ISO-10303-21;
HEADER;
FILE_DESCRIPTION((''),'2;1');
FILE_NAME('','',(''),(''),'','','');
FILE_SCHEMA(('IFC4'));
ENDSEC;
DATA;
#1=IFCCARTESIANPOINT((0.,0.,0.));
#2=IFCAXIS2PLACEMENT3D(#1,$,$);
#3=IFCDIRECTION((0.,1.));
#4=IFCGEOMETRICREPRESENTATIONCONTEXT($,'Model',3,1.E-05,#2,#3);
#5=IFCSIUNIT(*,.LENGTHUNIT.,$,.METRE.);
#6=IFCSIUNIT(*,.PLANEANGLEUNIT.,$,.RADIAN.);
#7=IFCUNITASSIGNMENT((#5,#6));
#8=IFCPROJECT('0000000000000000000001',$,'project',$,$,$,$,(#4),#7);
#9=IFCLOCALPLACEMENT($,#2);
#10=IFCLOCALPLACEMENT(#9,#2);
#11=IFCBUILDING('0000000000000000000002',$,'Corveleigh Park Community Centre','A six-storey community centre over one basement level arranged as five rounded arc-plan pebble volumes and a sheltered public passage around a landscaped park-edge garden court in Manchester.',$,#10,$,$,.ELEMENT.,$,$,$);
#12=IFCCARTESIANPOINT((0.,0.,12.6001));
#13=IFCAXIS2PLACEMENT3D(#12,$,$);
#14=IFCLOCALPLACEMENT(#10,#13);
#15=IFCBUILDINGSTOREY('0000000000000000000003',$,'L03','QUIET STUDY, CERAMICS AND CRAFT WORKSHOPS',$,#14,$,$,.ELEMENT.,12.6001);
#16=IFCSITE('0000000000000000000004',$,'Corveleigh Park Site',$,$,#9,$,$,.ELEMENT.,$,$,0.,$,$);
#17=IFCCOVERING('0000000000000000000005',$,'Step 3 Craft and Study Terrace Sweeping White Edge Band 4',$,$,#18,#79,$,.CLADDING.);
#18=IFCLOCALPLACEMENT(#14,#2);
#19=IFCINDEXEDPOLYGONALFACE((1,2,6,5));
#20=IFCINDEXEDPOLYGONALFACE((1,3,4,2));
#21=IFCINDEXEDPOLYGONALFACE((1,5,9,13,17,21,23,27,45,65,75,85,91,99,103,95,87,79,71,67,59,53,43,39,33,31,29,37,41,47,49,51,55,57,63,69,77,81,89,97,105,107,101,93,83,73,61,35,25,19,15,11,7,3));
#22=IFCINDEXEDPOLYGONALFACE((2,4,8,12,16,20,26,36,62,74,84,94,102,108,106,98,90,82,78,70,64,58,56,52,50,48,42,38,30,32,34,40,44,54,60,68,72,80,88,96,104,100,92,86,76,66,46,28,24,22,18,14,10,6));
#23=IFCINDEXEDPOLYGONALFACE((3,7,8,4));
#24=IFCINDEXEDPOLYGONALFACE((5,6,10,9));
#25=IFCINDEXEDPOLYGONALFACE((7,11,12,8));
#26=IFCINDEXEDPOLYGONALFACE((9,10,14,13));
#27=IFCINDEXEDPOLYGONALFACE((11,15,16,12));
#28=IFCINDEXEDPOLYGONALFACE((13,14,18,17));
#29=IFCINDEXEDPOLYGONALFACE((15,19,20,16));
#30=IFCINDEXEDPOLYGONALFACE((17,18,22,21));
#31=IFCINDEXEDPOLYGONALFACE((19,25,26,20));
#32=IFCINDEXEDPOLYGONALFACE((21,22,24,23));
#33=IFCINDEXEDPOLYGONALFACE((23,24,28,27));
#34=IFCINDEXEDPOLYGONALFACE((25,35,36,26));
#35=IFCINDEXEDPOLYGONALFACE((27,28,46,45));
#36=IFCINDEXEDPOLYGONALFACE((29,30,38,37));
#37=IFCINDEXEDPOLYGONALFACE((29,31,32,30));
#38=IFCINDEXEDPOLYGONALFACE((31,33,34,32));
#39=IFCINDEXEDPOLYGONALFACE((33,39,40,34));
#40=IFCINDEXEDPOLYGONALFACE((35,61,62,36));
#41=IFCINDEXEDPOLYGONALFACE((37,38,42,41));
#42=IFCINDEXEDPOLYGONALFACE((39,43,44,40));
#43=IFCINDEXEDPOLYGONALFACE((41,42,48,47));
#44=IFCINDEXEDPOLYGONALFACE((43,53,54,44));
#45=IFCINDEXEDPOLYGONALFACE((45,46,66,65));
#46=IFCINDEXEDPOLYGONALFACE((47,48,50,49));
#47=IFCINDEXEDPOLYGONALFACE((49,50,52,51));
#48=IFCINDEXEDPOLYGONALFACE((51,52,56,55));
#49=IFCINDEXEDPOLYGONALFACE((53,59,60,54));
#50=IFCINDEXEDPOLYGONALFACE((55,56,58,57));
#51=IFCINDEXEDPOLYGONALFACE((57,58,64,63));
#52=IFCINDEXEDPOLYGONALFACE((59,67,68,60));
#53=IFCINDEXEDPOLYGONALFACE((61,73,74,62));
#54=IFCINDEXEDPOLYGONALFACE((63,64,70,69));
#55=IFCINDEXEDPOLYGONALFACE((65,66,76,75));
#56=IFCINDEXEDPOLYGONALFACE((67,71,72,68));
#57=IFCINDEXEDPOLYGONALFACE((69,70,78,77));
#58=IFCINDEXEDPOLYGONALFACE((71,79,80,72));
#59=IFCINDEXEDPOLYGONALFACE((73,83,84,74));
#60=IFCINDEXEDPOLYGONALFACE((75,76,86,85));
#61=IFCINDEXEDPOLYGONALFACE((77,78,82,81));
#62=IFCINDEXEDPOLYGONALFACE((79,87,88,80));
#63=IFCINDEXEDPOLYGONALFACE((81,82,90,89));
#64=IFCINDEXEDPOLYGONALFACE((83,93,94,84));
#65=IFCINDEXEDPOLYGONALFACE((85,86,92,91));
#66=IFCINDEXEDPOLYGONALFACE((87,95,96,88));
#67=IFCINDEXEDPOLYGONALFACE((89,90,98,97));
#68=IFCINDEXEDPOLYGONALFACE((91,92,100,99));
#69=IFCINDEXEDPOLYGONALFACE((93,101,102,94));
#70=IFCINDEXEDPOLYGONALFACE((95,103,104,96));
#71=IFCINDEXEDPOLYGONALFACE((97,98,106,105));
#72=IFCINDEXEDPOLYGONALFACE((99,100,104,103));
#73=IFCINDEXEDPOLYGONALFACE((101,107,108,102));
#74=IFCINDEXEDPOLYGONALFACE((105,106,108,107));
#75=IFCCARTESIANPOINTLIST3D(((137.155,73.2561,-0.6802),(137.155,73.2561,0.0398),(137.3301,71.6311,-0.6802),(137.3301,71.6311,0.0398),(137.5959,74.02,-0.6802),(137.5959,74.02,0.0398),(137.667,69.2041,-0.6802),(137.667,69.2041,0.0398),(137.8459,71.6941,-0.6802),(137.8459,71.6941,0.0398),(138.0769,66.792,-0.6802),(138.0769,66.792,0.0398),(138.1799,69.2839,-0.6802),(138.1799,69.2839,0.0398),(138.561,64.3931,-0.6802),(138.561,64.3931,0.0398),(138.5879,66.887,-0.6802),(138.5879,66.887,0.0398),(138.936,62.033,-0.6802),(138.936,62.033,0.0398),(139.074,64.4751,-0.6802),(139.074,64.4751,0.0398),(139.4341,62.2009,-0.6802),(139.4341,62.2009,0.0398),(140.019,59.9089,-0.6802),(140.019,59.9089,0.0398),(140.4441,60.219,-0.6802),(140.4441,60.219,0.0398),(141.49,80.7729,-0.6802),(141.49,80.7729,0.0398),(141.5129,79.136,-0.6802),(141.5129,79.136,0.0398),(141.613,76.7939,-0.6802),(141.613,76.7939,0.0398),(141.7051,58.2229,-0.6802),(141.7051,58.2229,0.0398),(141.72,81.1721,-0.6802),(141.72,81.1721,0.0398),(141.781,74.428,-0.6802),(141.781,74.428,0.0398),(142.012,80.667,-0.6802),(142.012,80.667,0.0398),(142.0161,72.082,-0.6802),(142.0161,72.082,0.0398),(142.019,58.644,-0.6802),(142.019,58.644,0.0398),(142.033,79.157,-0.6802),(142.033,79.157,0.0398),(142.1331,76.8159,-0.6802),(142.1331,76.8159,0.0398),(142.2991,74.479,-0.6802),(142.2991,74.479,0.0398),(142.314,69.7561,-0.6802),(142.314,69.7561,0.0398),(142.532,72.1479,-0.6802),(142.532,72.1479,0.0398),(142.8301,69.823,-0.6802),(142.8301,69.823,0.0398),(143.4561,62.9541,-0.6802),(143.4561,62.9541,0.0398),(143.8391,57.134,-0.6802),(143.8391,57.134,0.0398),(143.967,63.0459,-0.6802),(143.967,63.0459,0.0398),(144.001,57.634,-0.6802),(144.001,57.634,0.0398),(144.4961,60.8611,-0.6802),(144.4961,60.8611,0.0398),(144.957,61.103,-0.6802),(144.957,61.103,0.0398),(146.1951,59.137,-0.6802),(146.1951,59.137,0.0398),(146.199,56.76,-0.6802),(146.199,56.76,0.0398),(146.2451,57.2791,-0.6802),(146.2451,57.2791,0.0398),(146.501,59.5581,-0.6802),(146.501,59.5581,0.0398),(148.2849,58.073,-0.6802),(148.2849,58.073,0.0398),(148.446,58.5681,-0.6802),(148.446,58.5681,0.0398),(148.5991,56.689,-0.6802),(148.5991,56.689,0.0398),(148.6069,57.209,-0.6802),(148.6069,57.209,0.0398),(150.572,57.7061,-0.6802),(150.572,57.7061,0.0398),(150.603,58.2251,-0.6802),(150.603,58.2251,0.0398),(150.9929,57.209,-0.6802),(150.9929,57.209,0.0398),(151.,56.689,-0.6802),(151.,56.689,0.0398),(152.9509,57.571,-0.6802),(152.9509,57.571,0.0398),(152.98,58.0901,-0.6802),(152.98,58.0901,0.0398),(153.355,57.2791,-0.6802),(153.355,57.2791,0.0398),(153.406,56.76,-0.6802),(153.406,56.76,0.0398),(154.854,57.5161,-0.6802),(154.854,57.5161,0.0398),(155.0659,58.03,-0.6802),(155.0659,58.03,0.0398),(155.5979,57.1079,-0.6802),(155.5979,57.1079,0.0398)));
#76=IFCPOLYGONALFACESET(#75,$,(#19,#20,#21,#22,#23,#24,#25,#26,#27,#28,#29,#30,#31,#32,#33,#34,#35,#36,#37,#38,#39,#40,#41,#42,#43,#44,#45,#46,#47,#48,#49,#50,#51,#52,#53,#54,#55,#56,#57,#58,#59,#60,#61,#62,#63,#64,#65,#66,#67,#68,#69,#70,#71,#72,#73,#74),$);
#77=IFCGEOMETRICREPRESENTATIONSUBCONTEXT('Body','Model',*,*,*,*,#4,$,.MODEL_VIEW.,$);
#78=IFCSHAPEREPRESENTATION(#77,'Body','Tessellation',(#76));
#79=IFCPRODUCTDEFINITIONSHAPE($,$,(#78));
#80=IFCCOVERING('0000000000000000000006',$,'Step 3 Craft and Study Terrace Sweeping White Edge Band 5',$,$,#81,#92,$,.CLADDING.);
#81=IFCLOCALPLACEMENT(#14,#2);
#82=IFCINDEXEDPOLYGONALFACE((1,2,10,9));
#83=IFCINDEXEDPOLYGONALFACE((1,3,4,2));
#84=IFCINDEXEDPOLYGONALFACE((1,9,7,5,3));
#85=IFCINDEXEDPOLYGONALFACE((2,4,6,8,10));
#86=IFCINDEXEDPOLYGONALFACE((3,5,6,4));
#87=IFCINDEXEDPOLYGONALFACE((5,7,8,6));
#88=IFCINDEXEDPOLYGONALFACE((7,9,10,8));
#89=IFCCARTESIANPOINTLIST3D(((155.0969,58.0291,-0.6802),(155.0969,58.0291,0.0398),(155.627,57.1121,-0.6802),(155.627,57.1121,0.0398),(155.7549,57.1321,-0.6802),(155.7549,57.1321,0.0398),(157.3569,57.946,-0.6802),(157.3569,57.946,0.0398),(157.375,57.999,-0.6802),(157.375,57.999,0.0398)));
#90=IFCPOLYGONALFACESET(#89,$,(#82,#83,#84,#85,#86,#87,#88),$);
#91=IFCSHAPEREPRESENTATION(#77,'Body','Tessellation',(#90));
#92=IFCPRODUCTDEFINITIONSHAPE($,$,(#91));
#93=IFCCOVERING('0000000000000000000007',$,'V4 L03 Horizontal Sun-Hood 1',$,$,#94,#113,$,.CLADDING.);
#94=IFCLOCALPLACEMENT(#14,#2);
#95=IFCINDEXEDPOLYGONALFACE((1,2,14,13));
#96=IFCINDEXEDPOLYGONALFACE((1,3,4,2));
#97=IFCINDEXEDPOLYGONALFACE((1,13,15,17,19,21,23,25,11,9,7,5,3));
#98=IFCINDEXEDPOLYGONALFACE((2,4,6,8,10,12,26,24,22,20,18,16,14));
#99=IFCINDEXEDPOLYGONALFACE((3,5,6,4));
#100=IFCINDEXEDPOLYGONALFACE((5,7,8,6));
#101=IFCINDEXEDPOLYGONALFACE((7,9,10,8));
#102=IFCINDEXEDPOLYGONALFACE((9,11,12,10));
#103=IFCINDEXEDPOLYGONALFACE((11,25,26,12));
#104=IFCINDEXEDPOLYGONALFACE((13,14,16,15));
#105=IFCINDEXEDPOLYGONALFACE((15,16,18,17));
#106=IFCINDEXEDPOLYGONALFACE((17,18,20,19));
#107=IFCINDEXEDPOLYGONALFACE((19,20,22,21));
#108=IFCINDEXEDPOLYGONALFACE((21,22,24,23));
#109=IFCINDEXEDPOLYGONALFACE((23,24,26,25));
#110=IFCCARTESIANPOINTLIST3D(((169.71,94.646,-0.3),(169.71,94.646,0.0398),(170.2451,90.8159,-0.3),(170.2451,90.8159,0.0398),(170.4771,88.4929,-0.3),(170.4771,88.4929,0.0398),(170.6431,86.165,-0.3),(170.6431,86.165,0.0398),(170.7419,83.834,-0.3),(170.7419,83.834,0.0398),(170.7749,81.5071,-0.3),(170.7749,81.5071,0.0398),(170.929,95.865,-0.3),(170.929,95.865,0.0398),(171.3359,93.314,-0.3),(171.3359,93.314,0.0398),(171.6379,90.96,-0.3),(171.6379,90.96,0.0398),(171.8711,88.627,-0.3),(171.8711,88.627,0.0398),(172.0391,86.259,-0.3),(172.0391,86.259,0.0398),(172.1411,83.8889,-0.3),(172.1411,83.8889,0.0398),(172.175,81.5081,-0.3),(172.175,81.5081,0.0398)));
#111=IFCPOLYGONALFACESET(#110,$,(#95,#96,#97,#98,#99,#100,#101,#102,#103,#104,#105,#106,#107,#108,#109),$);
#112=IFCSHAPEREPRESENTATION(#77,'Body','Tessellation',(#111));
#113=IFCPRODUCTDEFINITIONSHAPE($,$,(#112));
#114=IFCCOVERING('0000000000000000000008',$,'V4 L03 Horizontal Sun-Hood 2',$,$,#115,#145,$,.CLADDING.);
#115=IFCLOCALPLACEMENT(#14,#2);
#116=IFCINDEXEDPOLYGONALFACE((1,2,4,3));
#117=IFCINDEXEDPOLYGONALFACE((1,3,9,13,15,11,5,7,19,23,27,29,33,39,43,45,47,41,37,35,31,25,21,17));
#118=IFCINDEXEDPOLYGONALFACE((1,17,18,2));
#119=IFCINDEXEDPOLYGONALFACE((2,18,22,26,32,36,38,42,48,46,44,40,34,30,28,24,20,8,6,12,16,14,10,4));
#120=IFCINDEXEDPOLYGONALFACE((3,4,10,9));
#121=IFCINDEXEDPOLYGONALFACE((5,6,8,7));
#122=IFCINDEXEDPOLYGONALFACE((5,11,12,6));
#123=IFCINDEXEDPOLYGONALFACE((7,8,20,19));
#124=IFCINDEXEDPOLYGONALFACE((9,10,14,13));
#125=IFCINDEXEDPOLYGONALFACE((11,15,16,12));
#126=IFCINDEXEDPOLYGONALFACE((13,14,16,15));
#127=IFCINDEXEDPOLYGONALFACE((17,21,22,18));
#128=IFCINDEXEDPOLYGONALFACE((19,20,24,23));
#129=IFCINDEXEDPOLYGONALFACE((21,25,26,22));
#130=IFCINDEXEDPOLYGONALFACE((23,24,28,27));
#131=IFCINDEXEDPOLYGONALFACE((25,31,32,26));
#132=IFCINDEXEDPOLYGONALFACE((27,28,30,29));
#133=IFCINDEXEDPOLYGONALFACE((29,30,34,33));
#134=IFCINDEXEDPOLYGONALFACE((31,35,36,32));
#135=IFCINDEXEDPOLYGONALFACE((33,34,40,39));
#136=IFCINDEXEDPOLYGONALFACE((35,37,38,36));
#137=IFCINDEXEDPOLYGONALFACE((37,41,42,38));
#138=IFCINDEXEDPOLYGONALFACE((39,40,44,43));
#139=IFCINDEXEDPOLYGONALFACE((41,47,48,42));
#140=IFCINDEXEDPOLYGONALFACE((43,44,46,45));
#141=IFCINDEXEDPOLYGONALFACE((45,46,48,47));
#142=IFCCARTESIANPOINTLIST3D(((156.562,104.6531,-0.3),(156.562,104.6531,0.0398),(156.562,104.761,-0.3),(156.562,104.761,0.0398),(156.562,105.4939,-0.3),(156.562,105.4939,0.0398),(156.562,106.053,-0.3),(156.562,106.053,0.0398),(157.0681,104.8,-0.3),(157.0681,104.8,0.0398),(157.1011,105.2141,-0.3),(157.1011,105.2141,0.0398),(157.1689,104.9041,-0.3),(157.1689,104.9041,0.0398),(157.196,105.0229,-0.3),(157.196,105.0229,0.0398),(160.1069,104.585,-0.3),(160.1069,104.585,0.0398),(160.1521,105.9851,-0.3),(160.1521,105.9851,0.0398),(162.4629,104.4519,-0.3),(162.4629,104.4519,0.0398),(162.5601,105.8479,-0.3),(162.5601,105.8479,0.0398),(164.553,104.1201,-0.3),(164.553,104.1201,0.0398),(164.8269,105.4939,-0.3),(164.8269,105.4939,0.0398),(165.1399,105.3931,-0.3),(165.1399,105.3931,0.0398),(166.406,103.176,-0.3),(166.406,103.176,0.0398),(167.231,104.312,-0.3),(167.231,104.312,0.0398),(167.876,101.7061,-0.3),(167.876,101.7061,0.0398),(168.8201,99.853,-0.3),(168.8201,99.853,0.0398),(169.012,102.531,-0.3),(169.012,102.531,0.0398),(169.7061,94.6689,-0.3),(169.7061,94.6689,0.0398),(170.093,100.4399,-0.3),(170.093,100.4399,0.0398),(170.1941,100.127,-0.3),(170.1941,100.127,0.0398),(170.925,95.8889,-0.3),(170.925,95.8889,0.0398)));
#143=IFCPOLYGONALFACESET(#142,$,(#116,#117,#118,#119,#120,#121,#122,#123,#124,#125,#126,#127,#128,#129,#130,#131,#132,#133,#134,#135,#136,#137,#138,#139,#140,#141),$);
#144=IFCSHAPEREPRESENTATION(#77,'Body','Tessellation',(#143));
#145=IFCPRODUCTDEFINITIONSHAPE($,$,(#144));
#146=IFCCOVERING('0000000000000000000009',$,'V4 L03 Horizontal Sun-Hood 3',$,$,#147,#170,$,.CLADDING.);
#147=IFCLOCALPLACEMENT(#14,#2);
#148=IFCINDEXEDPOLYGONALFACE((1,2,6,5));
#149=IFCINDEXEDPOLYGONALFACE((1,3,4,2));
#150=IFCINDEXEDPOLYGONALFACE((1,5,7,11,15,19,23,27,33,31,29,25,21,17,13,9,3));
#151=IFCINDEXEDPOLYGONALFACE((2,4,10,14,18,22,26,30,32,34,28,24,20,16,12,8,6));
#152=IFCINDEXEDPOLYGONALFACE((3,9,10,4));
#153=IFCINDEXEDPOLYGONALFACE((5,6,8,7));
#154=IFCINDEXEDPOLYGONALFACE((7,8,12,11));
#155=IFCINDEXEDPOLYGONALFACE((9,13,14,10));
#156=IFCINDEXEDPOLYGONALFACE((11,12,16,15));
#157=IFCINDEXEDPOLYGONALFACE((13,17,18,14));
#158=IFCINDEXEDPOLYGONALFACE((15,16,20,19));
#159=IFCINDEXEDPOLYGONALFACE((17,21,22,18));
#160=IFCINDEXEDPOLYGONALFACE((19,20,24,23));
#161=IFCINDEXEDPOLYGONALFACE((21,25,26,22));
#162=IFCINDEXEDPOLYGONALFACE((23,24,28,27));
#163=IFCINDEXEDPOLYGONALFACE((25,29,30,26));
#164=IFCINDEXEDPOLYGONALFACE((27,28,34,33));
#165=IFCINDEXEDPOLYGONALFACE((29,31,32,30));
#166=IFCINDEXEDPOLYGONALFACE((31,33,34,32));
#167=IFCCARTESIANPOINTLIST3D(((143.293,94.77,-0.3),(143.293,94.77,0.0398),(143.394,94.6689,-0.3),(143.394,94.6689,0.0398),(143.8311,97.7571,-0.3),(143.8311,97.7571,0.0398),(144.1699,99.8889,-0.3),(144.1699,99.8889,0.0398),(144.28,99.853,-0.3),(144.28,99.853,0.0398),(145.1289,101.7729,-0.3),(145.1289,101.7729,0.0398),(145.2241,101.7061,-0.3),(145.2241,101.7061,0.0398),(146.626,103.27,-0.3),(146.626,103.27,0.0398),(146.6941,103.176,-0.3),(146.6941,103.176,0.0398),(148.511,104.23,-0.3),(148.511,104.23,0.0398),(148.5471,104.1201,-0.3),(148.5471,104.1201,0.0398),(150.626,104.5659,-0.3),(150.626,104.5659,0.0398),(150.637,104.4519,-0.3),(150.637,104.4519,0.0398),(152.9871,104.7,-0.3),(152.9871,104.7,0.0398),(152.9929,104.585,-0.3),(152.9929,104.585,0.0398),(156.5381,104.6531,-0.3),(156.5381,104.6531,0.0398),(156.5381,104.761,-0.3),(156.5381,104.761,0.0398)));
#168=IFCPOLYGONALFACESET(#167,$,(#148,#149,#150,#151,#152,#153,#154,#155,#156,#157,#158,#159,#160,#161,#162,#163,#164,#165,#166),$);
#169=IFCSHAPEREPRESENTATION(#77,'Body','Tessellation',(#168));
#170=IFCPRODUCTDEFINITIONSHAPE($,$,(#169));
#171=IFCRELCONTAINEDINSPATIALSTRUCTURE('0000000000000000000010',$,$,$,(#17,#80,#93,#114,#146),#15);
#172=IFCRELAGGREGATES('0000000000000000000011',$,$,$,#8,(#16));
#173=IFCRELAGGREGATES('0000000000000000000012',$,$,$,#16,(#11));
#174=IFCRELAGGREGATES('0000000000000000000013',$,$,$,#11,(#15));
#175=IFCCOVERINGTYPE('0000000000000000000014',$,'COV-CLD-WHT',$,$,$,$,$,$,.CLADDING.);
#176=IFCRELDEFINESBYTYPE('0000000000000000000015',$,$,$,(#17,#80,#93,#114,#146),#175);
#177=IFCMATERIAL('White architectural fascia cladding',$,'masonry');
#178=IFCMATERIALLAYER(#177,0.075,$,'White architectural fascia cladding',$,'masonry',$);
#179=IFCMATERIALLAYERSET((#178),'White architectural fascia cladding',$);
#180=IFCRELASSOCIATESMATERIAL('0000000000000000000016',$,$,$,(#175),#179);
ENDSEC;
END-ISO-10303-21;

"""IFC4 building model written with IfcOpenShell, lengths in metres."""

from ifc_helpers import new_model, si_unit, direction, frame, origin, place, context, subcontext, project, spatial, polyline, outline, extrude, material, layer, layer_set, type_object, element, save


model = new_model("IFC4")

# Units and contexts
model_context = context("Model", 3, precision=1e-05, world=origin(), true_north=direction((0.0, 1.0)))
body_context = subcontext(model_context, "Body", "Model", "MODEL_VIEW")
ifc_project = project(units=[si_unit("LENGTHUNIT", "METRE"), si_unit("PLANEANGLEUNIT", "RADIAN")], contexts=[model_context])

# Site, building, storey
site_placement = place(None, origin())
site = spatial("IfcSite", under=ifc_project, at=site_placement, Name="Corveleigh Park Site", CompositionType="ELEMENT", RefElevation=0.0)
building_placement = place(site_placement, origin())
building = spatial("IfcBuilding", under=site, at=building_placement, Name="Corveleigh Park Community Centre", Description="A six-storey community centre over one basement level arranged as five rounded arc-plan pebble volumes and a sheltered public passage around a landscaped park-edge garden court in Manchester.", CompositionType="ELEMENT")
storey_placement = place(building_placement, frame((0.0, 0.0, 12.6001)))
storey = spatial("IfcBuildingStorey", under=building, at=storey_placement, Name="L03", Description="QUIET STUDY, CERAMICS AND CRAFT WORKSHOPS", CompositionType="ELEMENT", Elevation=12.6001)

# Coverings
ifc_material_1 = material(Name="White architectural fascia cladding", Category="masonry")
ifc_layer_1 = layer(ifc_material_1, 0.075, Name="White architectural fascia cladding", Category="masonry")
ifc_layer_set_1 = layer_set([ifc_layer_1], Name="White architectural fascia cladding")
covering_type_1 = type_object("IfcCoveringType", Name="COV-CLD-WHT", PredefinedType="CLADDING", material=ifc_layer_set_1)
covering_1_placement = place(storey_placement, frame((0.0, 0.0, -0.6802)))
element("IfcCovering", 1, at=covering_1_placement, inside=storey, type_object=covering_type_1, Name="Step 3 Craft and Study Terrace Sweeping White Edge Band 4", PredefinedType="CLADDING", context=body_context, shape_type="SweptSolid", body=[
    extrude(outline(polyline([(153.406, 56.76), (151.0, 56.689), (148.5991, 56.689), (146.199, 56.76), (143.8391, 57.134), (141.7051, 58.2229), (140.019, 59.9089), (138.936, 62.033), (138.561, 64.3931), (138.0769, 66.792), (137.667, 69.2041), (137.3301, 71.6311), (137.155, 73.2561), (137.5959, 74.02), (137.8459, 71.6941), (138.1799, 69.2839), (138.5879, 66.887), (139.074, 64.4751), (139.4341, 62.2009), (140.4441, 60.219), (142.019, 58.644), (144.001, 57.634), (146.2451, 57.2791), (148.6069, 57.209), (150.9929, 57.209), (153.355, 57.2791), (154.854, 57.5161), (152.9509, 57.571), (150.572, 57.7061), (148.2849, 58.073), (146.1951, 59.137), (144.4961, 60.8611), (143.4561, 62.9541), (142.314, 69.7561), (142.0161, 72.082), (141.781, 74.428), (141.613, 76.7939), (141.5129, 79.136), (141.49, 80.7729), (141.72, 81.1721), (142.012, 80.667), (142.033, 79.157), (142.1331, 76.8159), (142.2991, 74.479), (142.532, 72.1479), (142.8301, 69.823), (143.967, 63.0459), (144.957, 61.103), (146.501, 59.5581), (148.446, 58.5681), (150.603, 58.2251), (152.98, 58.0901), (155.0659, 58.03), (155.5979, 57.1079), (153.406, 56.76)])), origin(), (0.0, 0.0, 1.0), 0.72),
])
covering_2_placement = place(storey_placement, frame((0.0, 0.0, -0.6802)))
element("IfcCovering", 2, at=covering_2_placement, inside=storey, type_object=covering_type_1, Name="Step 3 Craft and Study Terrace Sweeping White Edge Band 5", PredefinedType="CLADDING", context=body_context, shape_type="SweptSolid", body=[
    extrude(outline(polyline([(155.7549, 57.1321), (155.627, 57.1121), (155.0969, 58.0291), (157.375, 57.999), (157.3569, 57.946), (155.7549, 57.1321)])), origin(), (0.0, 0.0, 1.0), 0.72),
])
covering_3_placement = place(storey_placement, frame((0.0, 0.0, -0.3)))
element("IfcCovering", 3, at=covering_3_placement, inside=storey, type_object=covering_type_1, Name="V4 L03 Horizontal Sun-Hood 1", PredefinedType="CLADDING", context=body_context, shape_type="SweptSolid", body=[
    extrude(outline(polyline([(170.929, 95.865), (171.3359, 93.314), (171.6379, 90.96), (171.8711, 88.627), (172.0391, 86.259), (172.1411, 83.8889), (172.175, 81.5081), (170.7749, 81.5071), (170.7419, 83.834), (170.6431, 86.165), (170.4771, 88.4929), (170.2451, 90.8159), (169.71, 94.646), (170.929, 95.865)])), origin(), (0.0, 0.0, 1.0), 0.3398),
])
covering_4_placement = place(storey_placement, frame((0.0, 0.0, -0.3)))
element("IfcCovering", 4, at=covering_4_placement, inside=storey, type_object=covering_type_1, Name="V4 L03 Horizontal Sun-Hood 2", PredefinedType="CLADDING", context=body_context, shape_type="SweptSolid", body=[
    extrude(outline(polyline([(156.562, 106.053), (160.1521, 105.9851), (162.5601, 105.8479), (164.8269, 105.4939), (165.1399, 105.3931), (167.231, 104.312), (169.012, 102.531), (170.093, 100.4399), (170.1941, 100.127), (170.925, 95.8889), (169.7061, 94.6689), (168.8201, 99.853), (167.876, 101.7061), (166.406, 103.176), (164.553, 104.1201), (162.4629, 104.4519), (160.1069, 104.585), (156.562, 104.6531), (156.562, 104.761), (157.0681, 104.8), (157.1689, 104.9041), (157.196, 105.0229), (157.1011, 105.2141), (156.562, 105.4939), (156.562, 106.053)])), origin(), (0.0, 0.0, 1.0), 0.3398),
])
covering_5_placement = place(storey_placement, frame((0.0, 0.0, -0.3)))
element("IfcCovering", 5, at=covering_5_placement, inside=storey, type_object=covering_type_1, Name="V4 L03 Horizontal Sun-Hood 3", PredefinedType="CLADDING", context=body_context, shape_type="SweptSolid", body=[
    extrude(outline(polyline([(143.293, 94.77), (143.8311, 97.7571), (144.1699, 99.8889), (145.1289, 101.7729), (146.626, 103.27), (148.511, 104.23), (150.626, 104.5659), (152.9871, 104.7), (156.5381, 104.761), (156.5381, 104.6531), (152.9929, 104.585), (150.637, 104.4519), (148.5471, 104.1201), (146.6941, 103.176), (145.2241, 101.7061), (144.28, 99.853), (143.394, 94.6689), (143.293, 94.77)])), origin(), (0.0, 0.0, 1.0), 0.3398),
])

save(model, "model.ifc")
